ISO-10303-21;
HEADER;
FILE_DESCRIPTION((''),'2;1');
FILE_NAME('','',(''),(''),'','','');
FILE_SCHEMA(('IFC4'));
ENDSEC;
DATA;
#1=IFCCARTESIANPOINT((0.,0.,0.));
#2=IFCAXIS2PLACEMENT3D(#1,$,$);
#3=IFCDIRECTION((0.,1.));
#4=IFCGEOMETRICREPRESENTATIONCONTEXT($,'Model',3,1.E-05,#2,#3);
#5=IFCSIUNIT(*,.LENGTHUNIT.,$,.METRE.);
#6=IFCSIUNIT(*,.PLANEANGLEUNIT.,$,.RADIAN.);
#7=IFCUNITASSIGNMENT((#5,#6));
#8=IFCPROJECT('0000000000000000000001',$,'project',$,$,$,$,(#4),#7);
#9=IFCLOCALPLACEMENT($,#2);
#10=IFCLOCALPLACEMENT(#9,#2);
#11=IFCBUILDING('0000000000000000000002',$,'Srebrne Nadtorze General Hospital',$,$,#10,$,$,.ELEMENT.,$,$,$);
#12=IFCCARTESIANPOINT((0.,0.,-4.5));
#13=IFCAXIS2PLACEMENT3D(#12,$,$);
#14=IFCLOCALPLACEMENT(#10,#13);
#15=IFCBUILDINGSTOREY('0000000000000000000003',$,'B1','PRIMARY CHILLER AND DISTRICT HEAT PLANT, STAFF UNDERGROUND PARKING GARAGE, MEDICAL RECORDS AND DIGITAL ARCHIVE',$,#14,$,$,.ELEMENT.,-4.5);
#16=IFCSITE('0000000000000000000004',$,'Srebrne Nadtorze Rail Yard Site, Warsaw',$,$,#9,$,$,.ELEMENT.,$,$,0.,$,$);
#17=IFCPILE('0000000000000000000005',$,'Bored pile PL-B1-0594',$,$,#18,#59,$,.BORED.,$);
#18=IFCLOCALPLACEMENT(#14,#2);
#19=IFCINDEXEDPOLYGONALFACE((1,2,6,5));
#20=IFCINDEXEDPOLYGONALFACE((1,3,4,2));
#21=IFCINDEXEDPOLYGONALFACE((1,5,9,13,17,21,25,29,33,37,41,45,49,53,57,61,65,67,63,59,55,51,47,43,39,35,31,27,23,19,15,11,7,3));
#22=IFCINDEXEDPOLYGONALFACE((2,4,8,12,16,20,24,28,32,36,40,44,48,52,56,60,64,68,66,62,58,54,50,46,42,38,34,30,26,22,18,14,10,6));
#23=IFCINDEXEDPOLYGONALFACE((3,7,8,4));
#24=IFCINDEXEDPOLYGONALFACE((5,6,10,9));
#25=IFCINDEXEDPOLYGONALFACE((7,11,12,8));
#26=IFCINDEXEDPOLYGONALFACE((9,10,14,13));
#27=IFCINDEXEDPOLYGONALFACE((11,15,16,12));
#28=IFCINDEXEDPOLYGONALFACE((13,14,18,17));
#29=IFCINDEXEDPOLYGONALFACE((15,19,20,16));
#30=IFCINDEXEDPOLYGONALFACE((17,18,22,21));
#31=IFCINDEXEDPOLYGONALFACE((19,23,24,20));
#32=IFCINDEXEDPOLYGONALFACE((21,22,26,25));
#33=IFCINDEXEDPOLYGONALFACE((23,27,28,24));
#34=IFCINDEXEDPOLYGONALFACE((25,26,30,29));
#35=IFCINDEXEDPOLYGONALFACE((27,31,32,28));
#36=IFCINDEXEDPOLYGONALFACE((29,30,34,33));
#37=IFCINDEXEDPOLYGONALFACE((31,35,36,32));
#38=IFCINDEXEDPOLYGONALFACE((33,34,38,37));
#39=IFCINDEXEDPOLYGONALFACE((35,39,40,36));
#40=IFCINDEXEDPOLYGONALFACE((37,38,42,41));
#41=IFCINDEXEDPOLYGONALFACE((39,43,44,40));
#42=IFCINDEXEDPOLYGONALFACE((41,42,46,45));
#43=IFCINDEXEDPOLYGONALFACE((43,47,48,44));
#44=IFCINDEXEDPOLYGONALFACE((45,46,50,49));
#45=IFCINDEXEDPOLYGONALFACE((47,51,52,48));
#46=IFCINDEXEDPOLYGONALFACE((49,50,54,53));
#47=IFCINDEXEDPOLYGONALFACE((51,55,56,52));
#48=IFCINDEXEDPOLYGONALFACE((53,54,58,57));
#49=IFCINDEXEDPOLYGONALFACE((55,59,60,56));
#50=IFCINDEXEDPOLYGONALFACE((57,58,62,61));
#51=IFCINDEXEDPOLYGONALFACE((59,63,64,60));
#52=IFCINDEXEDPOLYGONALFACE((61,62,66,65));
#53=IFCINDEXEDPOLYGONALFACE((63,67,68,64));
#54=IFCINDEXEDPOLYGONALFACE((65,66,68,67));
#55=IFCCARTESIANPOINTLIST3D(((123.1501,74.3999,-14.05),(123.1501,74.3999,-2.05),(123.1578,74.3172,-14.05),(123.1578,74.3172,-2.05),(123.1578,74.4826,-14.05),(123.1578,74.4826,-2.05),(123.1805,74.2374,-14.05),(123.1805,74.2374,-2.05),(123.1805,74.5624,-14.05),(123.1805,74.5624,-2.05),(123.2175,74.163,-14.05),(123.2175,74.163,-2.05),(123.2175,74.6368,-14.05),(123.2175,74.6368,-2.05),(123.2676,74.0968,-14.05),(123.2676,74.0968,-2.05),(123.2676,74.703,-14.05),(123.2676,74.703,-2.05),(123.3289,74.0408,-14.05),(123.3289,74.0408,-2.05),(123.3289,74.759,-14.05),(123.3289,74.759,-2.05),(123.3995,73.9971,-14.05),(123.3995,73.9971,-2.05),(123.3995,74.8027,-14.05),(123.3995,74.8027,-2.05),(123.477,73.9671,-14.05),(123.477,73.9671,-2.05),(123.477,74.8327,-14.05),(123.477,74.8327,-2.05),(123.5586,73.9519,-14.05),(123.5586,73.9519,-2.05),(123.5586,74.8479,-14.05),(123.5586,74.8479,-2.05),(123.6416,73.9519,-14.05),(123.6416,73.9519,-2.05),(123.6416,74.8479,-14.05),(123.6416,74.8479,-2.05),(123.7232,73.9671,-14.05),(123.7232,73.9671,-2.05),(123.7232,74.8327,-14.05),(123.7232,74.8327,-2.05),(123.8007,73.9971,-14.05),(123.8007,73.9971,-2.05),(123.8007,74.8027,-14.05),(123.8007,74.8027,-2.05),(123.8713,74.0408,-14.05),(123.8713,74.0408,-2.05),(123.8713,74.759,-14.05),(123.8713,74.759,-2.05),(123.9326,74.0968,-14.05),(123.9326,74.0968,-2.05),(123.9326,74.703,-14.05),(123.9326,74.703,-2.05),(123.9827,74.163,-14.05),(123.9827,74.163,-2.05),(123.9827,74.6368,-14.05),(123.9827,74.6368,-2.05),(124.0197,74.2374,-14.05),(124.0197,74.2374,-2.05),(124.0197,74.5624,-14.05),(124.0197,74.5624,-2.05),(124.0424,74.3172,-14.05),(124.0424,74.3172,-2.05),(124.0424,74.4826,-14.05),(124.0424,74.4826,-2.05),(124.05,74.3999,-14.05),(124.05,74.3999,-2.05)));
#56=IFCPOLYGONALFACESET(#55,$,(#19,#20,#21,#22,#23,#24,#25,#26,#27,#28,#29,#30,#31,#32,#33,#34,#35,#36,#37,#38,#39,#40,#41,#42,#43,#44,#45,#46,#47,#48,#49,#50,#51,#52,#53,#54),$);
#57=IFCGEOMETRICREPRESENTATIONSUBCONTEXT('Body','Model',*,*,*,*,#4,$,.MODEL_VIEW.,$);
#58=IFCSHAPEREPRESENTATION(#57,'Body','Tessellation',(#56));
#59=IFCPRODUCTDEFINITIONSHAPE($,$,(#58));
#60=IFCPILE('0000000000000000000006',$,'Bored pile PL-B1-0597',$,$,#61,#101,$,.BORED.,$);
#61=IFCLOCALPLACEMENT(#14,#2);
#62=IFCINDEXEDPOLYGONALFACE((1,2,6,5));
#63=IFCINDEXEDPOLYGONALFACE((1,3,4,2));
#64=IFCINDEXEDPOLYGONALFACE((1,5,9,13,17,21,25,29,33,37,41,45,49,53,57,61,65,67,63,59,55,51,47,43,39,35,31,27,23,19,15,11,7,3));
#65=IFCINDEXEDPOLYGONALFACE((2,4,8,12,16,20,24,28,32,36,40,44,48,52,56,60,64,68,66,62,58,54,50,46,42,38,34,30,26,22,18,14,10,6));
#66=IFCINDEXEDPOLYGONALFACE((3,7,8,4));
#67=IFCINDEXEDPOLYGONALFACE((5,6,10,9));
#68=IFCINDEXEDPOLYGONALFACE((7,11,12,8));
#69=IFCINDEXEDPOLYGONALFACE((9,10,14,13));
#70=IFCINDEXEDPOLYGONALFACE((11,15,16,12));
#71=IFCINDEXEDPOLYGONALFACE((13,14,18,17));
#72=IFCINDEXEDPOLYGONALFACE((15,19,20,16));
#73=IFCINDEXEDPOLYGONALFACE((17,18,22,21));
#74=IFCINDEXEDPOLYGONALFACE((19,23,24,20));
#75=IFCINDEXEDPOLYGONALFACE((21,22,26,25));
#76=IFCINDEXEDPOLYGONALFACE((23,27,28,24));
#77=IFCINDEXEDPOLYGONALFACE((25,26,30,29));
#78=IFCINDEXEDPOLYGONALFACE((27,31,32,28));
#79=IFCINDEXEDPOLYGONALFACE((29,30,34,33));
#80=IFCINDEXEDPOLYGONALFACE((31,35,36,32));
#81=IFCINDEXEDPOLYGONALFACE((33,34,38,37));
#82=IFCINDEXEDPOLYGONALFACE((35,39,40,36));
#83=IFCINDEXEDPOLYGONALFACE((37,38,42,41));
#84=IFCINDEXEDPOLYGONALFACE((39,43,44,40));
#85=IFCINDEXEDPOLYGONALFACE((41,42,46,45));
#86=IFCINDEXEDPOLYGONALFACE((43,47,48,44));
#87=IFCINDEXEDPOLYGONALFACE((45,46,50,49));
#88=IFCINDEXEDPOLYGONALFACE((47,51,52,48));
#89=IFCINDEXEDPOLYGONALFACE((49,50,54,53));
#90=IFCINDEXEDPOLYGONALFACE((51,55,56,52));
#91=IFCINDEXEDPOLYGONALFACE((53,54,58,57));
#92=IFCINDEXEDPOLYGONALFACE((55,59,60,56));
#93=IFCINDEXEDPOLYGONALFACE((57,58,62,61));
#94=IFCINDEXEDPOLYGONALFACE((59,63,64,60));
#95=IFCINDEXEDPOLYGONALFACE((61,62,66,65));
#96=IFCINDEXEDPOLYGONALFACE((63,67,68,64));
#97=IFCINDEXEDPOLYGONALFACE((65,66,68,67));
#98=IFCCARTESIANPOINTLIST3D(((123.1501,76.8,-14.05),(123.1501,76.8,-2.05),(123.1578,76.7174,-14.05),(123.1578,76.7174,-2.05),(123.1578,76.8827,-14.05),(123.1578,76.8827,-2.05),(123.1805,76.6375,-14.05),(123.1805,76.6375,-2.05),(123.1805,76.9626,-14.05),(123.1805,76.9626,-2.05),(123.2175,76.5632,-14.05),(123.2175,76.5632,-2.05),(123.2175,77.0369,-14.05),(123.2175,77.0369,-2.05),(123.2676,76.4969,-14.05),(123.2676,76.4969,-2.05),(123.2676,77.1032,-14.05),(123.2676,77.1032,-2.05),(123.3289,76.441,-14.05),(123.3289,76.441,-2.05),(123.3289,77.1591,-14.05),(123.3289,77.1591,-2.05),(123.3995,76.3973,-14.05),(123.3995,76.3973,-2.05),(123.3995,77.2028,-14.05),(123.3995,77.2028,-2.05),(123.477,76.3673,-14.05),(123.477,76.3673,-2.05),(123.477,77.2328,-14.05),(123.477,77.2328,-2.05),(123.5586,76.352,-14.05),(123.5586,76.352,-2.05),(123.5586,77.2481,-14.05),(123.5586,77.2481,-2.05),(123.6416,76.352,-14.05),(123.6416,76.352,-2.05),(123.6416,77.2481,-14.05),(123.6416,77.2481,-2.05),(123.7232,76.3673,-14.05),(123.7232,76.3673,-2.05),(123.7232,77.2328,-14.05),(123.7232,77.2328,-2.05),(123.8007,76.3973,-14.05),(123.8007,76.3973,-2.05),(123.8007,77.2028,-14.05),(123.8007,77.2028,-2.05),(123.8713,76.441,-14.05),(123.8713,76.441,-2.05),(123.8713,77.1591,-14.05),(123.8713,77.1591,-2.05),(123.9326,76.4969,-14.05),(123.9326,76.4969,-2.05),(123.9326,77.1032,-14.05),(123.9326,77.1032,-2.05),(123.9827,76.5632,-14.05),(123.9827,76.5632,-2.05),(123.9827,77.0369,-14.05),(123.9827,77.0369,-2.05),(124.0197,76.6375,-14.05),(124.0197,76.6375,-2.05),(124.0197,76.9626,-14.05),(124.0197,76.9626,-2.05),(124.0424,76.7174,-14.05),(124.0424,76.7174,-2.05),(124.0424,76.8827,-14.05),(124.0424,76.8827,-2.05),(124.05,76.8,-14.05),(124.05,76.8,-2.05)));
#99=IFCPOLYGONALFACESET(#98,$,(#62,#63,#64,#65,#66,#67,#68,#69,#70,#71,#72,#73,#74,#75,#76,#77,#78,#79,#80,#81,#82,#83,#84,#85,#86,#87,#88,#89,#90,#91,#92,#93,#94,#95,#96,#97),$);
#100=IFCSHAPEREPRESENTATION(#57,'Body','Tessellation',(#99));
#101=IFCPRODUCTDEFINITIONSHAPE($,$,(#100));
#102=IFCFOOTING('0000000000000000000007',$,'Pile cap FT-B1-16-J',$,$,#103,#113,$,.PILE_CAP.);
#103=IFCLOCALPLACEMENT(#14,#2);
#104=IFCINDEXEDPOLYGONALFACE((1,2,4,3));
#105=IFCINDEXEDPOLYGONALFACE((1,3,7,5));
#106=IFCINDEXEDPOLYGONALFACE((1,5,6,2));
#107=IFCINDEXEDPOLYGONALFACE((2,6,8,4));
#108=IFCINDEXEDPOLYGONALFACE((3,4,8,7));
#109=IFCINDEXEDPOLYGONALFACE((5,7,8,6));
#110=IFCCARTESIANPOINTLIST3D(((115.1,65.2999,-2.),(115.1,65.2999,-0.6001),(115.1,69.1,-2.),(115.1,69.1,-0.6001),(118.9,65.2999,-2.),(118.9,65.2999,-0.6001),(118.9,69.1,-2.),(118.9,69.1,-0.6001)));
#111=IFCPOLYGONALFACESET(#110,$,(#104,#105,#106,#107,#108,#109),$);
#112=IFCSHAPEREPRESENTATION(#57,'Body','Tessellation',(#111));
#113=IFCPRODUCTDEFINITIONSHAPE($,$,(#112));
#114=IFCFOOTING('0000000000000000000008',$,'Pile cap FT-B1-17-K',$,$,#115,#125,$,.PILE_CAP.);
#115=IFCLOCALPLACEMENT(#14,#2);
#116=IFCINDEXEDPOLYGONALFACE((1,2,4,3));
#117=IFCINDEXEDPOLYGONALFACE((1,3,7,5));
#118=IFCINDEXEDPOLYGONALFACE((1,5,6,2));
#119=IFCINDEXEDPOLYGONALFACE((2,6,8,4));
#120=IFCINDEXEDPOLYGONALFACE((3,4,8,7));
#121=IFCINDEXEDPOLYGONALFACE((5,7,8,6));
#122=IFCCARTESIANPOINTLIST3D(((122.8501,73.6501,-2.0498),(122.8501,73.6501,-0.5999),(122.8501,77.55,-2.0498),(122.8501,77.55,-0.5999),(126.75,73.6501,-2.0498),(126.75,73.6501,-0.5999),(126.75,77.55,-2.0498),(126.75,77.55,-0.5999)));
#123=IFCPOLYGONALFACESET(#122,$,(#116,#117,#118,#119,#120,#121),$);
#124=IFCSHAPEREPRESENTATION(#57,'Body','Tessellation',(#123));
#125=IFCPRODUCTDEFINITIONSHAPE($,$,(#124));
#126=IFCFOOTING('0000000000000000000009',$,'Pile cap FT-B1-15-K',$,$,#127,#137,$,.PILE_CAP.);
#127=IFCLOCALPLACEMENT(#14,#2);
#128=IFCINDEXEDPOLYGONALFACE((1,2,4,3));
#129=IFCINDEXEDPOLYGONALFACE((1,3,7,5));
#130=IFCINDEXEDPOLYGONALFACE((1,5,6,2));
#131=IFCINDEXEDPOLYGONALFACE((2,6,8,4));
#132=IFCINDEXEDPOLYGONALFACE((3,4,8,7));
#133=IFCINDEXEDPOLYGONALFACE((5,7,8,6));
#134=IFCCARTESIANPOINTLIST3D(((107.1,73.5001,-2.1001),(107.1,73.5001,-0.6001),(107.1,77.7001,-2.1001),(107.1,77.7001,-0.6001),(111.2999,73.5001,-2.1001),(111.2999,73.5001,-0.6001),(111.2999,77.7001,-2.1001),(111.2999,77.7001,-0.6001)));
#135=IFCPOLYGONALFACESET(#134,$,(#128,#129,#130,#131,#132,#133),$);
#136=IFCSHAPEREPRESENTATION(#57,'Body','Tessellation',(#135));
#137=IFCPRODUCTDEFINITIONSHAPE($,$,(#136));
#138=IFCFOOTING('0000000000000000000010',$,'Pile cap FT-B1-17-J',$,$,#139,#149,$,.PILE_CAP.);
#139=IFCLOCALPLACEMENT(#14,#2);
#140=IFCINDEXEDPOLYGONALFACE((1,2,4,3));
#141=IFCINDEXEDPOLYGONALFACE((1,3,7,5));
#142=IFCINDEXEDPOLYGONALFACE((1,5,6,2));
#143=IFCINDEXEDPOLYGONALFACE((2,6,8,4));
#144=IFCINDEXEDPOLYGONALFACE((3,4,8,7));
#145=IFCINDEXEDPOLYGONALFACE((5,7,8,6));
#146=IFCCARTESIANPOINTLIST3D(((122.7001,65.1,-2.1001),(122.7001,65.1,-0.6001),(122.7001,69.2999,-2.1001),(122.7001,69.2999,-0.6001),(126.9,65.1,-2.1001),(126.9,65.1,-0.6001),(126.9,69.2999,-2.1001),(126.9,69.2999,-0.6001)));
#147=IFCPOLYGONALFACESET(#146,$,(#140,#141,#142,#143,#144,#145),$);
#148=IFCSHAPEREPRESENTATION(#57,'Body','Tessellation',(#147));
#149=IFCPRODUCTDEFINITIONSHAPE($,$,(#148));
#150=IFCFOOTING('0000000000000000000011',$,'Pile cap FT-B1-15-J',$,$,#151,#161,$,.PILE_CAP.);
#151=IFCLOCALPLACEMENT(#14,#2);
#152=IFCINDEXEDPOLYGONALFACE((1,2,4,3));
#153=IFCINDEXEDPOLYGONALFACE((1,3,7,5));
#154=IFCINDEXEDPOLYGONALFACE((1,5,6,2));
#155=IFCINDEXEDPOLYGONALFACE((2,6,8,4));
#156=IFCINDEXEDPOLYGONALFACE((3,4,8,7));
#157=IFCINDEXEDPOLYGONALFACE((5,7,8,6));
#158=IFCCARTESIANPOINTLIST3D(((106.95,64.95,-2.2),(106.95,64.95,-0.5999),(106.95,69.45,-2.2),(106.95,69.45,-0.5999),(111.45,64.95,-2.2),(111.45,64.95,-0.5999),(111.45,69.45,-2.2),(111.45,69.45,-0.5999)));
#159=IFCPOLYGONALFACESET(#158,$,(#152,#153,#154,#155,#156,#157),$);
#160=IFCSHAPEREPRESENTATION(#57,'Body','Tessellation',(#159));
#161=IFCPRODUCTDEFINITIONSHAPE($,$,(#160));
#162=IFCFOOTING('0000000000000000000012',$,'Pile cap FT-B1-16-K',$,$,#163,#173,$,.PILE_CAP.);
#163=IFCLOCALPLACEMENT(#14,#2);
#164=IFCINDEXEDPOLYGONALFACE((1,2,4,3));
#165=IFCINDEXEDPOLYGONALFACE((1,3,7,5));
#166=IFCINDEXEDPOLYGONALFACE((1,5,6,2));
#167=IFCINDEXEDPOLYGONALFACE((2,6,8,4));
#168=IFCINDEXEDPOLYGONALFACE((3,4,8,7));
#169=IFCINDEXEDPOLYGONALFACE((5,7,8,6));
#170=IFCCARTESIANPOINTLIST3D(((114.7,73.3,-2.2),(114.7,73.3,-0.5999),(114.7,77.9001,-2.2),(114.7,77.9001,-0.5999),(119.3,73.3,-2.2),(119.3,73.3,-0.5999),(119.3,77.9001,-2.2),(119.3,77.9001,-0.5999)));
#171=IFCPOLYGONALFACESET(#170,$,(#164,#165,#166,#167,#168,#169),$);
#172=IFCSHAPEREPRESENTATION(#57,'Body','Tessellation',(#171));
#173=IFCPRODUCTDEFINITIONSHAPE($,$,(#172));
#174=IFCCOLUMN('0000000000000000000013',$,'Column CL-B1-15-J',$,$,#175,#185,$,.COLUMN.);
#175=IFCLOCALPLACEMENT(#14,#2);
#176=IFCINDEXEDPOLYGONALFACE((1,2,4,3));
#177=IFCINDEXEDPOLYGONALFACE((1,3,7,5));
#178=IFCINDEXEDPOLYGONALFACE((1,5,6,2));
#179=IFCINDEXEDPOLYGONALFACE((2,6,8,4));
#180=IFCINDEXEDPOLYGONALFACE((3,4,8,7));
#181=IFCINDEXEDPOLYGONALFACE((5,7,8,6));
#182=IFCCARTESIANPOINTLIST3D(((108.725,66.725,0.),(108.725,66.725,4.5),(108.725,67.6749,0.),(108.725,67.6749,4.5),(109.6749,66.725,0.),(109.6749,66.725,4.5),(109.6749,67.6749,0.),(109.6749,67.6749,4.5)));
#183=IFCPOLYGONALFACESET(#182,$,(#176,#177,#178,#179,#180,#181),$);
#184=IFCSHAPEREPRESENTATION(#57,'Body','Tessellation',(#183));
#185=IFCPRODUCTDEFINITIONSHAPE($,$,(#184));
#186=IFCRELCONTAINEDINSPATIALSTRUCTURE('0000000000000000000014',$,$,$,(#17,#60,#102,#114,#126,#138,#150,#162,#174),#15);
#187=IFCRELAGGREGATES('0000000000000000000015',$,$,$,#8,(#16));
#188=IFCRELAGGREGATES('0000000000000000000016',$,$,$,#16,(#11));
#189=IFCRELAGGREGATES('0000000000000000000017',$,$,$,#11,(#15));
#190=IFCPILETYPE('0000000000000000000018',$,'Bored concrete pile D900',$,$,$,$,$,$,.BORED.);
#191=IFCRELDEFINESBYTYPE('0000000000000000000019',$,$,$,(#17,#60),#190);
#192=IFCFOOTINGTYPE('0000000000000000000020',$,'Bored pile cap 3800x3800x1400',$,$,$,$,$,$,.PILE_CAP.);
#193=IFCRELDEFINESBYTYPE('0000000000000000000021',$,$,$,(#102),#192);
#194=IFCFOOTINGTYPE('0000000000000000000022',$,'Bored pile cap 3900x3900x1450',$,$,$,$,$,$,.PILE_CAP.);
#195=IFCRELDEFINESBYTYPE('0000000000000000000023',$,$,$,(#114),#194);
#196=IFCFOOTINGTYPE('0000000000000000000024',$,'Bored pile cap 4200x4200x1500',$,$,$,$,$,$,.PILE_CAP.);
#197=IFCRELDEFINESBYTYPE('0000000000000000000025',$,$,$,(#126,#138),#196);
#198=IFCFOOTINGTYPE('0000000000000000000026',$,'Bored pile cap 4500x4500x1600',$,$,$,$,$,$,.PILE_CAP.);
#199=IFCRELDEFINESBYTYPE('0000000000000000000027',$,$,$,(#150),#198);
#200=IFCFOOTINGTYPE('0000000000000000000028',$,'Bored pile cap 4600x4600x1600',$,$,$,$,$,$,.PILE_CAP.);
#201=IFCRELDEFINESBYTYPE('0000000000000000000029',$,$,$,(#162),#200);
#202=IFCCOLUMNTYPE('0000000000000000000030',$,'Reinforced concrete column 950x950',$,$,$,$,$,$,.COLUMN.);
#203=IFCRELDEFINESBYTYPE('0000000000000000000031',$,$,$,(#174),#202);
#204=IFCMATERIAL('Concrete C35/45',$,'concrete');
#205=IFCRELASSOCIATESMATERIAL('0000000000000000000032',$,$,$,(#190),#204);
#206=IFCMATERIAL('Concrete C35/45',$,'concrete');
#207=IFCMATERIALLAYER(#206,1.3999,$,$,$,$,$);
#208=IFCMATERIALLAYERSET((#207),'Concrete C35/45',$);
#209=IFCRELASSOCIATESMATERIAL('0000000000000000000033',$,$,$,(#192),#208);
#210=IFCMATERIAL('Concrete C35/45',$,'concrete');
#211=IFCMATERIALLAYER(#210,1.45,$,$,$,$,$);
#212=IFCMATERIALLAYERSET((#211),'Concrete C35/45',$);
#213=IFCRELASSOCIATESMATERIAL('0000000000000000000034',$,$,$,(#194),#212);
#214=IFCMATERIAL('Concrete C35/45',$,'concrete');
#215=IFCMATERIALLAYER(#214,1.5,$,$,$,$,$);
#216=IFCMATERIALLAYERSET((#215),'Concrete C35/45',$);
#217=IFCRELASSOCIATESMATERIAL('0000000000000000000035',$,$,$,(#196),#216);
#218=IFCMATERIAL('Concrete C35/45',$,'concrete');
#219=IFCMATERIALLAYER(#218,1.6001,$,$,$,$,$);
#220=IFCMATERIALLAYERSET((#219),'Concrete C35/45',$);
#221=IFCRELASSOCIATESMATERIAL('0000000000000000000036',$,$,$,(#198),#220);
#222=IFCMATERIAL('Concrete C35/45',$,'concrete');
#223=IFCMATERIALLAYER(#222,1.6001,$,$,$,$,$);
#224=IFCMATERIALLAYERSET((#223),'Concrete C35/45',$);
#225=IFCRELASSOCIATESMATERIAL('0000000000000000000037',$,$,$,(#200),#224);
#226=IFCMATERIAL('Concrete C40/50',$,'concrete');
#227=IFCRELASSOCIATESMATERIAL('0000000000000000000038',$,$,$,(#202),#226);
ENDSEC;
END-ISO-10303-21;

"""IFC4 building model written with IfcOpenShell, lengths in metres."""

from ifc_helpers import new_model, si_unit, direction, frame, origin, origin_2d, place, context, subcontext, project, spatial, rectangle, circle, extrude, material, layer, layer_set, material_profile, profile_set, type_object, element, save


model = new_model("IFC4")

# Units and contexts
model_context = context("Model", 3, precision=1e-05, world=origin(), true_north=direction((0.0, 1.0)))
body_context = subcontext(model_context, "Body", "Model", "MODEL_VIEW")
ifc_project = project(units=[si_unit("LENGTHUNIT", "METRE"), si_unit("PLANEANGLEUNIT", "RADIAN")], contexts=[model_context])

# Site, building, storey
site_placement = place(None, origin())
site = spatial("IfcSite", under=ifc_project, at=site_placement, Name="Srebrne Nadtorze Rail Yard Site, Warsaw", CompositionType="ELEMENT", RefElevation=0.0)
building_placement = place(site_placement, origin())
building = spatial("IfcBuilding", under=site, at=building_placement, Name="Srebrne Nadtorze General Hospital", CompositionType="ELEMENT")
storey_placement = place(building_placement, frame((0.0, 0.0, -4.5)))
storey = spatial("IfcBuildingStorey", under=building, at=storey_placement, Name="B1", Description="PRIMARY CHILLER AND DISTRICT HEAT PLANT, STAFF UNDERGROUND PARKING GARAGE, MEDICAL RECORDS AND DIGITAL ARCHIVE", CompositionType="ELEMENT", Elevation=-4.5)

# Piles
ifc_material_1 = material(Name="Concrete C35/45", Category="concrete")
ifc_material_profile_1 = material_profile(ifc_material_1, circle(Radius=0.45, at=origin_2d()), Name="PILE-D900")
ifc_profile_set_1 = profile_set([ifc_material_profile_1], Name="Concrete C35/45")
pile_type_1 = type_object("IfcPileType", Name="Bored concrete pile D900", PredefinedType="BORED", material=ifc_profile_set_1)
for number, where, z_axis, x_axis, name in (
    (1, (123.6001, 74.3999, -2.05), (0.0, 0.0, -1.0), (1.0, 0.0, 0.0), "Bored pile PL-B1-0594"),
    (2, (123.6001, 76.8, -2.05), (0.0, 0.0, -1.0), (1.0, 0.0, 0.0), "Bored pile PL-B1-0597"),
):
    element("IfcPile", number, at=place(storey_placement, frame(where, z_axis=z_axis, x_axis=x_axis)), inside=storey, type_object=pile_type_1, Name=name, PredefinedType="BORED", context=body_context, shape_type="SweptSolid", body=[
        extrude(circle(Radius=0.45, at=origin_2d()), origin(), (0.0, 0.0, 1.0), 12.0),
    ])

# Footings
ifc_material_2 = material(Name="Concrete C35/45", Category="concrete")
ifc_layer_1 = layer(ifc_material_2, 1.3999)
ifc_layer_set_1 = layer_set([ifc_layer_1], Name="Concrete C35/45")
footing_type_1 = type_object("IfcFootingType", Name="Bored pile cap 3800x3800x1400", PredefinedType="PILE_CAP", material=ifc_layer_set_1)
footing_1_placement = place(storey_placement, frame((117.0, 67.2, -2.0), z_axis=(0.0, 0.0, 1.0), x_axis=(1.0, 0.0, 0.0)))
element("IfcFooting", 3, at=footing_1_placement, inside=storey, type_object=footing_type_1, Name="Pile cap FT-B1-16-J", PredefinedType="PILE_CAP", context=body_context, shape_type="SweptSolid", body=[
    extrude(rectangle(XDim=3.8, YDim=3.8, at=origin_2d()), origin(), (0.0, 0.0, 1.0), 1.3999),
])
ifc_material_3 = material(Name="Concrete C35/45", Category="concrete")
ifc_layer_2 = layer(ifc_material_3, 1.45)
ifc_layer_set_2 = layer_set([ifc_layer_2], Name="Concrete C35/45")
footing_type_2 = type_object("IfcFootingType", Name="Bored pile cap 3900x3900x1450", PredefinedType="PILE_CAP", material=ifc_layer_set_2)
footing_2_placement = place(storey_placement, frame((124.8, 75.6001, -2.0498), z_axis=(0.0, 0.0, 1.0), x_axis=(1.0, 0.0, 0.0)))
element("IfcFooting", 4, at=footing_2_placement, inside=storey, type_object=footing_type_2, Name="Pile cap FT-B1-17-K", PredefinedType="PILE_CAP", context=body_context, shape_type="SweptSolid", body=[
    extrude(rectangle(XDim=3.8999, YDim=3.8999, at=origin_2d()), origin(), (0.0, 0.0, 1.0), 1.45),
])
ifc_material_4 = material(Name="Concrete C35/45", Category="concrete")
ifc_layer_3 = layer(ifc_material_4, 1.5)
ifc_layer_set_3 = layer_set([ifc_layer_3], Name="Concrete C35/45")
footing_type_3 = type_object("IfcFootingType", Name="Bored pile cap 4200x4200x1500", PredefinedType="PILE_CAP", material=ifc_layer_set_3)
for number, where, z_axis, x_axis, name in (
    (5, (109.2, 75.6001, -2.1001), (0.0, 0.0, 1.0), (1.0, 0.0, 0.0), "Pile cap FT-B1-15-K"),
    (6, (124.8, 67.2, -2.1001), (0.0, 0.0, 1.0), (1.0, 0.0, 0.0), "Pile cap FT-B1-17-J"),
):
    element("IfcFooting", number, at=place(storey_placement, frame(where, z_axis=z_axis, x_axis=x_axis)), inside=storey, type_object=footing_type_3, Name=name, PredefinedType="PILE_CAP", context=body_context, shape_type="SweptSolid", body=[
        extrude(rectangle(XDim=4.2, YDim=4.2, at=origin_2d()), origin(), (0.0, 0.0, 1.0), 1.5),
    ])
ifc_material_5 = material(Name="Concrete C35/45", Category="concrete")
ifc_layer_4 = layer(ifc_material_5, 1.6001)
ifc_layer_set_4 = layer_set([ifc_layer_4], Name="Concrete C35/45")
footing_type_4 = type_object("IfcFootingType", Name="Bored pile cap 4500x4500x1600", PredefinedType="PILE_CAP", material=ifc_layer_set_4)
footing_3_placement = place(storey_placement, frame((109.2, 67.2, -2.2), z_axis=(0.0, 0.0, 1.0), x_axis=(1.0, 0.0, 0.0)))
element("IfcFooting", 7, at=footing_3_placement, inside=storey, type_object=footing_type_4, Name="Pile cap FT-B1-15-J", PredefinedType="PILE_CAP", context=body_context, shape_type="SweptSolid", body=[
    extrude(rectangle(XDim=4.5, YDim=4.5, at=origin_2d()), origin(), (0.0, 0.0, 1.0), 1.6001),
])
ifc_material_6 = material(Name="Concrete C35/45", Category="concrete")
ifc_layer_5 = layer(ifc_material_6, 1.6001)
ifc_layer_set_5 = layer_set([ifc_layer_5], Name="Concrete C35/45")
footing_type_5 = type_object("IfcFootingType", Name="Bored pile cap 4600x4600x1600", PredefinedType="PILE_CAP", material=ifc_layer_set_5)
footing_4_placement = place(storey_placement, frame((117.0, 75.6001, -2.2), z_axis=(0.0, 0.0, 1.0), x_axis=(1.0, 0.0, 0.0)))
element("IfcFooting", 8, at=footing_4_placement, inside=storey, type_object=footing_type_5, Name="Pile cap FT-B1-16-K", PredefinedType="PILE_CAP", context=body_context, shape_type="SweptSolid", body=[
    extrude(rectangle(XDim=4.6001, YDim=4.6001, at=origin_2d()), origin(), (0.0, 0.0, 1.0), 1.6001),
])

# Column
ifc_material_7 = material(Name="Concrete C40/50", Category="concrete")
ifc_material_profile_2 = material_profile(ifc_material_7, rectangle(XDim=0.95, YDim=0.95, at=origin_2d()), Name="RC-COL-950x950")
ifc_profile_set_2 = profile_set([ifc_material_profile_2], Name="Concrete C40/50")
column_type = type_object("IfcColumnType", Name="Reinforced concrete column 950x950", PredefinedType="COLUMN", material=ifc_profile_set_2)
for number, where, z_axis, x_axis, name in (
    (9, (109.2, 67.2, 0.0), (0.0, 0.0, 1.0), (1.0, 0.0, 0.0), "Column CL-B1-15-J"),
):
    element("IfcColumn", number, at=place(storey_placement, frame(where, z_axis=z_axis, x_axis=x_axis)), inside=storey, type_object=column_type, Name=name, PredefinedType="COLUMN", context=body_context, shape_type="SweptSolid", body=[
        extrude(rectangle(XDim=0.95, YDim=0.95, at=origin_2d()), origin(), (0.0, 0.0, 1.0), 4.5),
    ])

save(model, "model.ifc")
